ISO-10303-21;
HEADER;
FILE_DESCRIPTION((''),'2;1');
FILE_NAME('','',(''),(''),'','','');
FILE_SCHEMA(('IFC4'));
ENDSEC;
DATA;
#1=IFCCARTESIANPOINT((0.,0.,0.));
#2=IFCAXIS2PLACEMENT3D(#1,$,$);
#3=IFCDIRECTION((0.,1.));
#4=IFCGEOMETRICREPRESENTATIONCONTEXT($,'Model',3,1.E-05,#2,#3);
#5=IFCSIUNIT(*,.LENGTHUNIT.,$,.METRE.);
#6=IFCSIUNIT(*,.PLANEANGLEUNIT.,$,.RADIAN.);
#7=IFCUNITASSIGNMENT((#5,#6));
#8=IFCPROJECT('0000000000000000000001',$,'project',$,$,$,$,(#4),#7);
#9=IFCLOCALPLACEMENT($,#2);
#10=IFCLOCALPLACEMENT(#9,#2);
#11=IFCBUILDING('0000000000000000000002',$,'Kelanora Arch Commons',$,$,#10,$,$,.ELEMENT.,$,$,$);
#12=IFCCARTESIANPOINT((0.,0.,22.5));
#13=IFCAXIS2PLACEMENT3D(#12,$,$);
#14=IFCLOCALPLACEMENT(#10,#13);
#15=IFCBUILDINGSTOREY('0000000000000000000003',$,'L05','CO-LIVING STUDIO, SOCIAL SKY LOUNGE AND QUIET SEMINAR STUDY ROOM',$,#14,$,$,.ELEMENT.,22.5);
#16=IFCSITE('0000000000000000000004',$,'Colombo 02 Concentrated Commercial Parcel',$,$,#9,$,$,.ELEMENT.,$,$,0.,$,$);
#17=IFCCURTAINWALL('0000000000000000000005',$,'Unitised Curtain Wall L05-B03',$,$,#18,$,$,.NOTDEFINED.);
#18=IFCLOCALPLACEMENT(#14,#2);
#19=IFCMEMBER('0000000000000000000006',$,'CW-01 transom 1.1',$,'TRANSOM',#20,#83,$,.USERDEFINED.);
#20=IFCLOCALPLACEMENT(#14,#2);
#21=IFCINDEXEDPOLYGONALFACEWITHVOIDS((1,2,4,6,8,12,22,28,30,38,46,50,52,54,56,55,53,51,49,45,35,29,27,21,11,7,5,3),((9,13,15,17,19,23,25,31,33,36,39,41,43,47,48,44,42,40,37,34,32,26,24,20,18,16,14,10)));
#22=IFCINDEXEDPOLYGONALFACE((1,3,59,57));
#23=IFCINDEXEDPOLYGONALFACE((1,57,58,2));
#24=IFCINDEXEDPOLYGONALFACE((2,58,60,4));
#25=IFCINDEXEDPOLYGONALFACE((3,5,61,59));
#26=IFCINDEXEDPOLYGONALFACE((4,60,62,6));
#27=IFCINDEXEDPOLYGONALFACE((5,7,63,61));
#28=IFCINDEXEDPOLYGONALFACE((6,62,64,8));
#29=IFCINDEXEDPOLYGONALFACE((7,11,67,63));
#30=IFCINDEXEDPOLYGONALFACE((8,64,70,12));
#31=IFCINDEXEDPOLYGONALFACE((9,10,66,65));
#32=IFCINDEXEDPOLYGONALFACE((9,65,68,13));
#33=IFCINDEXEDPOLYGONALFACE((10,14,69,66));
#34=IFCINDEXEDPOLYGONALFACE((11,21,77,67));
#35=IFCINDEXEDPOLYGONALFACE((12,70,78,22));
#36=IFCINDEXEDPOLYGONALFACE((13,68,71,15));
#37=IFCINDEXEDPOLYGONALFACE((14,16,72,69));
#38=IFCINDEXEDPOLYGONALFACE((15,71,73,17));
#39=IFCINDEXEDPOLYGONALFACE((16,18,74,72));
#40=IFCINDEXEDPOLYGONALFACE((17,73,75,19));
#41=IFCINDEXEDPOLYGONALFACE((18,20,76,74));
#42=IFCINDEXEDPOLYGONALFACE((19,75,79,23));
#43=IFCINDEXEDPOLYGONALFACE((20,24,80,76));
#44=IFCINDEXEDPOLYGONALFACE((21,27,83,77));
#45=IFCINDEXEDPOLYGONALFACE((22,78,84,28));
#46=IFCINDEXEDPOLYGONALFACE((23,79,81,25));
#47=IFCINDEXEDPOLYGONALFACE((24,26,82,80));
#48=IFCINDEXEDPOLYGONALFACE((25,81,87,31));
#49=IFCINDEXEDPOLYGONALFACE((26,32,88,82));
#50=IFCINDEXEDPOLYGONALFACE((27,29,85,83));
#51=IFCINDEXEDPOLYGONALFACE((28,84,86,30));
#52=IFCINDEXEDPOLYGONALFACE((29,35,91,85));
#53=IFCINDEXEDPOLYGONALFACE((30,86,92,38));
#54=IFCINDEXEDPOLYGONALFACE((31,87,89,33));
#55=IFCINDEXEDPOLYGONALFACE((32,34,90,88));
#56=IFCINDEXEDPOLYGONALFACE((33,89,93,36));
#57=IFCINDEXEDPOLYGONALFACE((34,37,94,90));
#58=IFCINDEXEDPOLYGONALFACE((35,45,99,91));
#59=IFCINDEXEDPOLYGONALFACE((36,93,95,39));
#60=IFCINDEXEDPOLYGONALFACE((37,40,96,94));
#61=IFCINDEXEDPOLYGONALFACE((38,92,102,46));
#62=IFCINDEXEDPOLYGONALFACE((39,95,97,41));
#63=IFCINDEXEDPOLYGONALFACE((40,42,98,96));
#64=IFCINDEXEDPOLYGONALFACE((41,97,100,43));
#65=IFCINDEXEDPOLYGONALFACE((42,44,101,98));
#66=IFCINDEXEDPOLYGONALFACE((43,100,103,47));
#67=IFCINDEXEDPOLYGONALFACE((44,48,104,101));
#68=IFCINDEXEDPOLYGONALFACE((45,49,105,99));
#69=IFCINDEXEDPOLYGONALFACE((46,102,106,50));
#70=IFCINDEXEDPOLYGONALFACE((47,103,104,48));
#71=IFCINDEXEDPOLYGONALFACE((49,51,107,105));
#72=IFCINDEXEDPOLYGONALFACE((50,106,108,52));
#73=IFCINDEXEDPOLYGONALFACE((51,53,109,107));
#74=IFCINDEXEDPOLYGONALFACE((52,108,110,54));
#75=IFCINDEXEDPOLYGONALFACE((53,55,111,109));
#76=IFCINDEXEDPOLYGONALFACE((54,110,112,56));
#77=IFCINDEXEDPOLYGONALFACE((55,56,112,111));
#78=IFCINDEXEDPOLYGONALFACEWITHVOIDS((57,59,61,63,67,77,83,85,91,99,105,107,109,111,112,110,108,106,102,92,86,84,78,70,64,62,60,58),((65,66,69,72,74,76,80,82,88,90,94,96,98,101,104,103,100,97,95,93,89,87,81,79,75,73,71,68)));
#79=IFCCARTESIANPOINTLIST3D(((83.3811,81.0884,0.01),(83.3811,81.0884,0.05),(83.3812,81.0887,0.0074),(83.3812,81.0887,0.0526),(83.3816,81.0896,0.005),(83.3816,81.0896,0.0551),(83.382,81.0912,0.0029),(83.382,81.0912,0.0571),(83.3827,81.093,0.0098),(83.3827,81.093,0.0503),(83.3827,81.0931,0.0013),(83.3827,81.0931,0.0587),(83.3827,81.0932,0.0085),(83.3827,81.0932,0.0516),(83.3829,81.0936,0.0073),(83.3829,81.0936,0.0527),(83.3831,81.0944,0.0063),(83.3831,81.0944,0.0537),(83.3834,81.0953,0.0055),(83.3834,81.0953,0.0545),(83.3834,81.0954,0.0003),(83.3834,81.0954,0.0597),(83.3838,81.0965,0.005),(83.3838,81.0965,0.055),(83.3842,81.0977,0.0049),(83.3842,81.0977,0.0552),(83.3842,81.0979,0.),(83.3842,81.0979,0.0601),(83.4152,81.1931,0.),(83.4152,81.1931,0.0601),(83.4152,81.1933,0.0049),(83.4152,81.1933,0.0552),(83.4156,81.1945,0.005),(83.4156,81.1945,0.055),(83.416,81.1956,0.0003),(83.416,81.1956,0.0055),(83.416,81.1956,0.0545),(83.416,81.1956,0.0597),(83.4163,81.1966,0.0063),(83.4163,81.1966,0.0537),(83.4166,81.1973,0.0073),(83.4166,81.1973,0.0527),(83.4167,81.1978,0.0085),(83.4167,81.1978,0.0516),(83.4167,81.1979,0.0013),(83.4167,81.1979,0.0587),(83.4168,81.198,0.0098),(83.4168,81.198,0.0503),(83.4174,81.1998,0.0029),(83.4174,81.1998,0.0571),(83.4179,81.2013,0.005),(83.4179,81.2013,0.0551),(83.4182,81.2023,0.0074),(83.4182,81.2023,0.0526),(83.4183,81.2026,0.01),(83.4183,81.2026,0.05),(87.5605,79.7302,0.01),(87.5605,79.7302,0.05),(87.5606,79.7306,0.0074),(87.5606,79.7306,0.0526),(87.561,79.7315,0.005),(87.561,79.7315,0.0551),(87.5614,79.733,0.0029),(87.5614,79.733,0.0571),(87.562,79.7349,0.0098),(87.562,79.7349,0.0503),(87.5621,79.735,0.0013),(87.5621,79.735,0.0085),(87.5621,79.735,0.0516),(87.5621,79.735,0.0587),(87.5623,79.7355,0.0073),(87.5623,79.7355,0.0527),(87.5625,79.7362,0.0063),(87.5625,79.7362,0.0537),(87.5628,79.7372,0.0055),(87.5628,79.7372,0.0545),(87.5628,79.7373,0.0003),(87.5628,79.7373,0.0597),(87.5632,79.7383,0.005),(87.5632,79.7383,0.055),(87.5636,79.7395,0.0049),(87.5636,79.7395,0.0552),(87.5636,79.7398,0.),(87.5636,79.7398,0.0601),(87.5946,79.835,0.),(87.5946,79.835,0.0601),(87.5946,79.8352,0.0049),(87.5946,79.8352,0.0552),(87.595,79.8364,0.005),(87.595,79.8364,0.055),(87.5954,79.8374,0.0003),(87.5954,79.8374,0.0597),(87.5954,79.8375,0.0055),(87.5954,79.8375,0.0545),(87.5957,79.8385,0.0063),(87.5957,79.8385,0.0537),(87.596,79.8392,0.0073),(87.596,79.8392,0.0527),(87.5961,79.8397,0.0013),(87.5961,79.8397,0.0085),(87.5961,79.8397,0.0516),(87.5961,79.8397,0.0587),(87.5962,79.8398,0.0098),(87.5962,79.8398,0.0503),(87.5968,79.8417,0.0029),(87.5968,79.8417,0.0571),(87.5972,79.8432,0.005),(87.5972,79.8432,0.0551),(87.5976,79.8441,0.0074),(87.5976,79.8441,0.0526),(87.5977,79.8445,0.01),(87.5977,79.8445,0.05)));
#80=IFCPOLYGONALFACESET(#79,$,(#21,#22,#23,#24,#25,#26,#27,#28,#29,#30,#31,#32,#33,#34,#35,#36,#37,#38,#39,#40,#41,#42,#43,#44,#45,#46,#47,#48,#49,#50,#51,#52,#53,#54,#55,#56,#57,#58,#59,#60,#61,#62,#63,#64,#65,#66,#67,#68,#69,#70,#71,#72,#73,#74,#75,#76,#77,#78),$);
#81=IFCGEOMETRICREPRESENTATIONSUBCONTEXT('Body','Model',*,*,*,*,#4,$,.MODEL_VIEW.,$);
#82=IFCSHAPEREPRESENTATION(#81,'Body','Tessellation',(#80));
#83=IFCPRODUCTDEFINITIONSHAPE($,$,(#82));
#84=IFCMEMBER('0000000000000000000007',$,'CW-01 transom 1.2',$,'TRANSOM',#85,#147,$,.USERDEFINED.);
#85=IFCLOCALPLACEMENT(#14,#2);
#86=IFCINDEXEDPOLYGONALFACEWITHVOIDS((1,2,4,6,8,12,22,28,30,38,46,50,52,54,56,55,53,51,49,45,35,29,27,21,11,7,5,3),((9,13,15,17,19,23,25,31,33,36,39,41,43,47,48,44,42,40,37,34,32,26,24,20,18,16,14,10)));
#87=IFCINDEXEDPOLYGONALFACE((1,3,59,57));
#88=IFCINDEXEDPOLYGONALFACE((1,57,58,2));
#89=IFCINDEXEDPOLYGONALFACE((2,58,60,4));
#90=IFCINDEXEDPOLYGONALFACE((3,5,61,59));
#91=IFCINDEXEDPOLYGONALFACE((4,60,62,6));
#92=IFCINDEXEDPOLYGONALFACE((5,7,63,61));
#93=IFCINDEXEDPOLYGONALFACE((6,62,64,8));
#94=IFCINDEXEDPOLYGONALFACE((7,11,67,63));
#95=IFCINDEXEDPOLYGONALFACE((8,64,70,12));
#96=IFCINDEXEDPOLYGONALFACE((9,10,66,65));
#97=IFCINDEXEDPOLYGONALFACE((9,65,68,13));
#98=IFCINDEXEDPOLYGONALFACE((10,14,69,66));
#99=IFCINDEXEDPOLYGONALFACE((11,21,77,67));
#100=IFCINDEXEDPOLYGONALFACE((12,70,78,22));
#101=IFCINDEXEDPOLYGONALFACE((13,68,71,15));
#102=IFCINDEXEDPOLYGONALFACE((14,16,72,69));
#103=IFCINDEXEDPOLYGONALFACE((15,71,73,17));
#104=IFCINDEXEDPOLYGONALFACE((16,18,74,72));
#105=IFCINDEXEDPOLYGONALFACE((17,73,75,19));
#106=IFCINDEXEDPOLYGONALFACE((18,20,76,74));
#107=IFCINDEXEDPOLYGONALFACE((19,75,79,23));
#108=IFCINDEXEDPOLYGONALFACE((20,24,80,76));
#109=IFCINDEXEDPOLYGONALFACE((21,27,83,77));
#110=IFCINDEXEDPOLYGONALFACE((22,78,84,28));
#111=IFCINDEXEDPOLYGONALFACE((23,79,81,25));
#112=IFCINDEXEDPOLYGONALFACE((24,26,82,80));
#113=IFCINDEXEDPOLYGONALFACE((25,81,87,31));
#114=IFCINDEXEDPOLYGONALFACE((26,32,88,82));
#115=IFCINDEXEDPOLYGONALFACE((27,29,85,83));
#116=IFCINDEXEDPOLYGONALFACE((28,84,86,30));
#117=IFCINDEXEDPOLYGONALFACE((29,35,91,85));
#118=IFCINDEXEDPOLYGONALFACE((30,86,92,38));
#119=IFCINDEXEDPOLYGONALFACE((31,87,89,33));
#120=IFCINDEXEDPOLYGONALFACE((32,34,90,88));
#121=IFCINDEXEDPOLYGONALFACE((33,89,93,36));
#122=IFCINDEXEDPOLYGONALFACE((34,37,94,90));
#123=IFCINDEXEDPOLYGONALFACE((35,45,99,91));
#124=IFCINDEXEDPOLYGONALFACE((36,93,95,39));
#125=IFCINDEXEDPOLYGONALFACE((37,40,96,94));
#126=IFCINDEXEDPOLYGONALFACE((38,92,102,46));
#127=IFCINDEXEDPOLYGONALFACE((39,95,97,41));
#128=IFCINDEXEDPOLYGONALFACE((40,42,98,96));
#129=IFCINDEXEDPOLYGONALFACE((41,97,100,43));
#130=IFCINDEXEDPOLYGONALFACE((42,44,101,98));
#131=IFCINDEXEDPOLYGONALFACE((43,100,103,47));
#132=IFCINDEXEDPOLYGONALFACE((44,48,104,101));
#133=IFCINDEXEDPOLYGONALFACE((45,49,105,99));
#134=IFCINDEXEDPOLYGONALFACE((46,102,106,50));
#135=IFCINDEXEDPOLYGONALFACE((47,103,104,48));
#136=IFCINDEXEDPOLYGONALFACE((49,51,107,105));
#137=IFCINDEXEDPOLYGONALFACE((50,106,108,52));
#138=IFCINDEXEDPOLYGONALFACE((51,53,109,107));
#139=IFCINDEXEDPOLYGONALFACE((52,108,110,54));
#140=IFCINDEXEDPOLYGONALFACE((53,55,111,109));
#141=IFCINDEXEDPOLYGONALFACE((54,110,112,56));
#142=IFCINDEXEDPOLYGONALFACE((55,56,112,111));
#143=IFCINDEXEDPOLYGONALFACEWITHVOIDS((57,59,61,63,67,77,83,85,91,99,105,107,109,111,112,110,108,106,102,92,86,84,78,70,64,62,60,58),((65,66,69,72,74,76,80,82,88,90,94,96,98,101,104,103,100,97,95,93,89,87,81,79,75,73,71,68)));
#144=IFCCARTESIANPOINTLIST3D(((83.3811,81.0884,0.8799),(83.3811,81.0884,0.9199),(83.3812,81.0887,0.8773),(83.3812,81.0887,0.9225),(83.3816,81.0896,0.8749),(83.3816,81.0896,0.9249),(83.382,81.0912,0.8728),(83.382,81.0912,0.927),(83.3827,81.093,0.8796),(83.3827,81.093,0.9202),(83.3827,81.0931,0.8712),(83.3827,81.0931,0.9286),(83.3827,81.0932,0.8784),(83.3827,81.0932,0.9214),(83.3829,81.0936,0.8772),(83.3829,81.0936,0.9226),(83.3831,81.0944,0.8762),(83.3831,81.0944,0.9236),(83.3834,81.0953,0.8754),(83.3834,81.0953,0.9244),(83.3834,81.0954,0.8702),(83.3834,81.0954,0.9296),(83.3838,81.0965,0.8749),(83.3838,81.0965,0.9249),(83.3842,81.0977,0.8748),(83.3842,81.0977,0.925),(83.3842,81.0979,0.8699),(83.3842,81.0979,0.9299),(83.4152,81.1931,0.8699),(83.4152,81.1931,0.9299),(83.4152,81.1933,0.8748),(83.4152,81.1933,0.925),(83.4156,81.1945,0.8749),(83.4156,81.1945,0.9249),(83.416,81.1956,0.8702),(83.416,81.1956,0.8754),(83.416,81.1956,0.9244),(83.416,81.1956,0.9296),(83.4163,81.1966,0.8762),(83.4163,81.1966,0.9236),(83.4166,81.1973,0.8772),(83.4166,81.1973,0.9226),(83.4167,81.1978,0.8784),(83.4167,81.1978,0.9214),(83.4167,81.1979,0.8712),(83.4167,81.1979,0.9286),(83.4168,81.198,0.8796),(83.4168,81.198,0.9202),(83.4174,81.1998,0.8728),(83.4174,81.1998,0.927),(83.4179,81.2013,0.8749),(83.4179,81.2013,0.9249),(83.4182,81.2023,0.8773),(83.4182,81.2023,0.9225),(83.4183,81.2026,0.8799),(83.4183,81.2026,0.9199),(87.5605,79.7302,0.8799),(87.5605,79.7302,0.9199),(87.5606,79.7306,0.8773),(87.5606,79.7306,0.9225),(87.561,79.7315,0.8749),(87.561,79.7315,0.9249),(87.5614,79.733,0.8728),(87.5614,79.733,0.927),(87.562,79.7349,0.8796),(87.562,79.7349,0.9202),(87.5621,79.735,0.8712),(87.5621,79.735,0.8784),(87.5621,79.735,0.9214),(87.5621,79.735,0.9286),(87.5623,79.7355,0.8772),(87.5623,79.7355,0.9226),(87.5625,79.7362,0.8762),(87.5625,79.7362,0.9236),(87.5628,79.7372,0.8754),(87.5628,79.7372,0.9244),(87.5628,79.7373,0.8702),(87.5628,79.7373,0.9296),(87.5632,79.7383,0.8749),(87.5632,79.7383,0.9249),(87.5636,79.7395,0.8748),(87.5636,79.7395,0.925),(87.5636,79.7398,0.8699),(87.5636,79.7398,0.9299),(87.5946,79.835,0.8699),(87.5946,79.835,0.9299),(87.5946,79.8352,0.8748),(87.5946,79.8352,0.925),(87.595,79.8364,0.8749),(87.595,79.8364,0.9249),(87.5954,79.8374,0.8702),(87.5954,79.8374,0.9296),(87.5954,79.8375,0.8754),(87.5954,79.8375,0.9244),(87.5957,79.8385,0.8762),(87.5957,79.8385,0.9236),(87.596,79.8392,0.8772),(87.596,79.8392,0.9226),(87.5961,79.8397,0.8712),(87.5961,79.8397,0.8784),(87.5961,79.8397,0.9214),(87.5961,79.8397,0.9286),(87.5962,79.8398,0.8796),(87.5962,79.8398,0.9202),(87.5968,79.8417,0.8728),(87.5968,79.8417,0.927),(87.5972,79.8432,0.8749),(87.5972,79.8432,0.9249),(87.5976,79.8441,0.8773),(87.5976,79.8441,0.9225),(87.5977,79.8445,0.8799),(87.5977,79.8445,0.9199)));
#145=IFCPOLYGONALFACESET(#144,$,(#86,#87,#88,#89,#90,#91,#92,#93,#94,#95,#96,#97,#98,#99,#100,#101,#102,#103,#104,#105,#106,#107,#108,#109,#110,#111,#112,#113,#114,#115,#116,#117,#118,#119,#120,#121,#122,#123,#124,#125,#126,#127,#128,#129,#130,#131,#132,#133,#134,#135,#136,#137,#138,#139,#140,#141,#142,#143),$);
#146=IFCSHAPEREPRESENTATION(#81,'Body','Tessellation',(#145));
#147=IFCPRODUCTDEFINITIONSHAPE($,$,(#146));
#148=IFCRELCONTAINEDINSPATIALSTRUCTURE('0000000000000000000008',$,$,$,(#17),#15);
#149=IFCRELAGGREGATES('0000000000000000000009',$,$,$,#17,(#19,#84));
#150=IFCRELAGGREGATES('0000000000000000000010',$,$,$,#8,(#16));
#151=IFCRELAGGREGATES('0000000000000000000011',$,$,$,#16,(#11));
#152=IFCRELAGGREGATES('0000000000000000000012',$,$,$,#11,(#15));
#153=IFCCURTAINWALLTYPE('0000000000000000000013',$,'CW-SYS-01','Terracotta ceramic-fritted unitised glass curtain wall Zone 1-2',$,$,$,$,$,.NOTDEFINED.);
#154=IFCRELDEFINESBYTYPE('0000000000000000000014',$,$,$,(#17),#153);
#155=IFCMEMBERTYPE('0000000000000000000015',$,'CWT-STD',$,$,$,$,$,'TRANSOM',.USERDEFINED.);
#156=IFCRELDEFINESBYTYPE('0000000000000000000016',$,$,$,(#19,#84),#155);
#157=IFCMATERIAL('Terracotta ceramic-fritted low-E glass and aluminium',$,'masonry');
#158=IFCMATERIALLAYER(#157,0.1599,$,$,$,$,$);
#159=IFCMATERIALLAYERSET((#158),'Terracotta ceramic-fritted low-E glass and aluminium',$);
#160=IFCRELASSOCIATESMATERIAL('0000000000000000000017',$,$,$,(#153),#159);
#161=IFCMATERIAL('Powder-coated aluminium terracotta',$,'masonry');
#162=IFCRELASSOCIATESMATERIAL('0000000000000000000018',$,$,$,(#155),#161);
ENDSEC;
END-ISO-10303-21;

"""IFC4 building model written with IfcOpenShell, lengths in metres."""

from ifc_helpers import new_model, si_unit, direction, frame, origin, origin_2d, place, context, subcontext, project, spatial, hollow_rectangle, extrude, material, layer, layer_set, material_profile, profile_set, type_object, element, aggregate, save


model = new_model("IFC4")

# Units and contexts
model_context = context("Model", 3, precision=1e-05, world=origin(), true_north=direction((0.0, 1.0)))
body_context = subcontext(model_context, "Body", "Model", "MODEL_VIEW")
ifc_project = project(units=[si_unit("LENGTHUNIT", "METRE"), si_unit("PLANEANGLEUNIT", "RADIAN")], contexts=[model_context])

# Site, building, storey
site_placement = place(None, origin())
site = spatial("IfcSite", under=ifc_project, at=site_placement, Name="Colombo 02 Concentrated Commercial Parcel", CompositionType="ELEMENT", RefElevation=0.0)
building_placement = place(site_placement, origin())
building = spatial("IfcBuilding", under=site, at=building_placement, Name="Kelanora Arch Commons", CompositionType="ELEMENT")
storey_placement = place(building_placement, frame((0.0, 0.0, 22.5)))
storey = spatial("IfcBuildingStorey", under=building, at=storey_placement, Name="L05", Description="CO-LIVING STUDIO, SOCIAL SKY LOUNGE AND QUIET SEMINAR STUDY ROOM", CompositionType="ELEMENT", Elevation=22.5)

# Curtain wall, members
ifc_material_1 = material(Name="Terracotta ceramic-fritted low-E glass and aluminium", Category="masonry")
ifc_layer_1 = layer(ifc_material_1, 0.1599)
ifc_layer_set_1 = layer_set([ifc_layer_1], Name="Terracotta ceramic-fritted low-E glass and aluminium")
curtain_wall_type = type_object("IfcCurtainWallType", Name="CW-SYS-01", Description="Terracotta ceramic-fritted unitised glass curtain wall Zone 1-2", PredefinedType="NOTDEFINED", material=ifc_layer_set_1)
curtain_wall_placement = place(storey_placement, origin())
curtain_wall = element("IfcCurtainWall", 1, at=curtain_wall_placement, inside=storey, type_object=curtain_wall_type, Name="Unitised Curtain Wall L05-B03", PredefinedType="NOTDEFINED")
ifc_material_2 = material(Name="Powder-coated aluminium terracotta", Category="masonry")
ifc_material_profile_1 = material_profile(ifc_material_2, hollow_rectangle(XDim=0.1201, YDim=0.0601, WallThickness=0.0049, InnerFilletRadius=0.0049, OuterFilletRadius=0.01, at=origin_2d()), Name="CWT120x60")
ifc_profile_set_1 = profile_set([ifc_material_profile_1], Name="Powder-coated aluminium terracotta")
member_type_1 = type_object("IfcMemberType", Name="CWT-STD", ElementType="TRANSOM", PredefinedType="USERDEFINED", material=ifc_profile_set_1)
member_1_placement = place(storey_placement, frame((87.5791, 79.7874, 0.03), z_axis=(-0.951045, 0.309052, 0.0), x_axis=(-0.309052, -0.951045, 0.0)))
member_1 = element("IfcMember", 2, at=member_1_placement, type_object=member_type_1, Name="CW-01 transom 1.1", ObjectType="TRANSOM", PredefinedType="USERDEFINED", context=body_context, shape_type="SweptSolid", body=[
    extrude(hollow_rectangle(XDim=0.1201, YDim=0.0601, WallThickness=0.0049, InnerFilletRadius=0.0049, OuterFilletRadius=0.01, at=origin_2d()), origin(), (0.0, 0.0, 1.0), 4.3945),
])
member_2_placement = place(storey_placement, frame((87.5791, 79.7874, 0.8999), z_axis=(-0.951045, 0.309052, 0.0), x_axis=(-0.309052, -0.951045, 0.0)))
member_2 = element("IfcMember", 3, at=member_2_placement, type_object=member_type_1, Name="CW-01 transom 1.2", ObjectType="TRANSOM", PredefinedType="USERDEFINED", context=body_context, shape_type="SweptSolid", body=[
    extrude(hollow_rectangle(XDim=0.1201, YDim=0.0601, WallThickness=0.0049, InnerFilletRadius=0.0049, OuterFilletRadius=0.01, at=origin_2d()), origin(), (0.0, 0.0, 1.0), 4.3945),
])
aggregate(curtain_wall, [member_1, member_2])

save(model, "model.ifc")
